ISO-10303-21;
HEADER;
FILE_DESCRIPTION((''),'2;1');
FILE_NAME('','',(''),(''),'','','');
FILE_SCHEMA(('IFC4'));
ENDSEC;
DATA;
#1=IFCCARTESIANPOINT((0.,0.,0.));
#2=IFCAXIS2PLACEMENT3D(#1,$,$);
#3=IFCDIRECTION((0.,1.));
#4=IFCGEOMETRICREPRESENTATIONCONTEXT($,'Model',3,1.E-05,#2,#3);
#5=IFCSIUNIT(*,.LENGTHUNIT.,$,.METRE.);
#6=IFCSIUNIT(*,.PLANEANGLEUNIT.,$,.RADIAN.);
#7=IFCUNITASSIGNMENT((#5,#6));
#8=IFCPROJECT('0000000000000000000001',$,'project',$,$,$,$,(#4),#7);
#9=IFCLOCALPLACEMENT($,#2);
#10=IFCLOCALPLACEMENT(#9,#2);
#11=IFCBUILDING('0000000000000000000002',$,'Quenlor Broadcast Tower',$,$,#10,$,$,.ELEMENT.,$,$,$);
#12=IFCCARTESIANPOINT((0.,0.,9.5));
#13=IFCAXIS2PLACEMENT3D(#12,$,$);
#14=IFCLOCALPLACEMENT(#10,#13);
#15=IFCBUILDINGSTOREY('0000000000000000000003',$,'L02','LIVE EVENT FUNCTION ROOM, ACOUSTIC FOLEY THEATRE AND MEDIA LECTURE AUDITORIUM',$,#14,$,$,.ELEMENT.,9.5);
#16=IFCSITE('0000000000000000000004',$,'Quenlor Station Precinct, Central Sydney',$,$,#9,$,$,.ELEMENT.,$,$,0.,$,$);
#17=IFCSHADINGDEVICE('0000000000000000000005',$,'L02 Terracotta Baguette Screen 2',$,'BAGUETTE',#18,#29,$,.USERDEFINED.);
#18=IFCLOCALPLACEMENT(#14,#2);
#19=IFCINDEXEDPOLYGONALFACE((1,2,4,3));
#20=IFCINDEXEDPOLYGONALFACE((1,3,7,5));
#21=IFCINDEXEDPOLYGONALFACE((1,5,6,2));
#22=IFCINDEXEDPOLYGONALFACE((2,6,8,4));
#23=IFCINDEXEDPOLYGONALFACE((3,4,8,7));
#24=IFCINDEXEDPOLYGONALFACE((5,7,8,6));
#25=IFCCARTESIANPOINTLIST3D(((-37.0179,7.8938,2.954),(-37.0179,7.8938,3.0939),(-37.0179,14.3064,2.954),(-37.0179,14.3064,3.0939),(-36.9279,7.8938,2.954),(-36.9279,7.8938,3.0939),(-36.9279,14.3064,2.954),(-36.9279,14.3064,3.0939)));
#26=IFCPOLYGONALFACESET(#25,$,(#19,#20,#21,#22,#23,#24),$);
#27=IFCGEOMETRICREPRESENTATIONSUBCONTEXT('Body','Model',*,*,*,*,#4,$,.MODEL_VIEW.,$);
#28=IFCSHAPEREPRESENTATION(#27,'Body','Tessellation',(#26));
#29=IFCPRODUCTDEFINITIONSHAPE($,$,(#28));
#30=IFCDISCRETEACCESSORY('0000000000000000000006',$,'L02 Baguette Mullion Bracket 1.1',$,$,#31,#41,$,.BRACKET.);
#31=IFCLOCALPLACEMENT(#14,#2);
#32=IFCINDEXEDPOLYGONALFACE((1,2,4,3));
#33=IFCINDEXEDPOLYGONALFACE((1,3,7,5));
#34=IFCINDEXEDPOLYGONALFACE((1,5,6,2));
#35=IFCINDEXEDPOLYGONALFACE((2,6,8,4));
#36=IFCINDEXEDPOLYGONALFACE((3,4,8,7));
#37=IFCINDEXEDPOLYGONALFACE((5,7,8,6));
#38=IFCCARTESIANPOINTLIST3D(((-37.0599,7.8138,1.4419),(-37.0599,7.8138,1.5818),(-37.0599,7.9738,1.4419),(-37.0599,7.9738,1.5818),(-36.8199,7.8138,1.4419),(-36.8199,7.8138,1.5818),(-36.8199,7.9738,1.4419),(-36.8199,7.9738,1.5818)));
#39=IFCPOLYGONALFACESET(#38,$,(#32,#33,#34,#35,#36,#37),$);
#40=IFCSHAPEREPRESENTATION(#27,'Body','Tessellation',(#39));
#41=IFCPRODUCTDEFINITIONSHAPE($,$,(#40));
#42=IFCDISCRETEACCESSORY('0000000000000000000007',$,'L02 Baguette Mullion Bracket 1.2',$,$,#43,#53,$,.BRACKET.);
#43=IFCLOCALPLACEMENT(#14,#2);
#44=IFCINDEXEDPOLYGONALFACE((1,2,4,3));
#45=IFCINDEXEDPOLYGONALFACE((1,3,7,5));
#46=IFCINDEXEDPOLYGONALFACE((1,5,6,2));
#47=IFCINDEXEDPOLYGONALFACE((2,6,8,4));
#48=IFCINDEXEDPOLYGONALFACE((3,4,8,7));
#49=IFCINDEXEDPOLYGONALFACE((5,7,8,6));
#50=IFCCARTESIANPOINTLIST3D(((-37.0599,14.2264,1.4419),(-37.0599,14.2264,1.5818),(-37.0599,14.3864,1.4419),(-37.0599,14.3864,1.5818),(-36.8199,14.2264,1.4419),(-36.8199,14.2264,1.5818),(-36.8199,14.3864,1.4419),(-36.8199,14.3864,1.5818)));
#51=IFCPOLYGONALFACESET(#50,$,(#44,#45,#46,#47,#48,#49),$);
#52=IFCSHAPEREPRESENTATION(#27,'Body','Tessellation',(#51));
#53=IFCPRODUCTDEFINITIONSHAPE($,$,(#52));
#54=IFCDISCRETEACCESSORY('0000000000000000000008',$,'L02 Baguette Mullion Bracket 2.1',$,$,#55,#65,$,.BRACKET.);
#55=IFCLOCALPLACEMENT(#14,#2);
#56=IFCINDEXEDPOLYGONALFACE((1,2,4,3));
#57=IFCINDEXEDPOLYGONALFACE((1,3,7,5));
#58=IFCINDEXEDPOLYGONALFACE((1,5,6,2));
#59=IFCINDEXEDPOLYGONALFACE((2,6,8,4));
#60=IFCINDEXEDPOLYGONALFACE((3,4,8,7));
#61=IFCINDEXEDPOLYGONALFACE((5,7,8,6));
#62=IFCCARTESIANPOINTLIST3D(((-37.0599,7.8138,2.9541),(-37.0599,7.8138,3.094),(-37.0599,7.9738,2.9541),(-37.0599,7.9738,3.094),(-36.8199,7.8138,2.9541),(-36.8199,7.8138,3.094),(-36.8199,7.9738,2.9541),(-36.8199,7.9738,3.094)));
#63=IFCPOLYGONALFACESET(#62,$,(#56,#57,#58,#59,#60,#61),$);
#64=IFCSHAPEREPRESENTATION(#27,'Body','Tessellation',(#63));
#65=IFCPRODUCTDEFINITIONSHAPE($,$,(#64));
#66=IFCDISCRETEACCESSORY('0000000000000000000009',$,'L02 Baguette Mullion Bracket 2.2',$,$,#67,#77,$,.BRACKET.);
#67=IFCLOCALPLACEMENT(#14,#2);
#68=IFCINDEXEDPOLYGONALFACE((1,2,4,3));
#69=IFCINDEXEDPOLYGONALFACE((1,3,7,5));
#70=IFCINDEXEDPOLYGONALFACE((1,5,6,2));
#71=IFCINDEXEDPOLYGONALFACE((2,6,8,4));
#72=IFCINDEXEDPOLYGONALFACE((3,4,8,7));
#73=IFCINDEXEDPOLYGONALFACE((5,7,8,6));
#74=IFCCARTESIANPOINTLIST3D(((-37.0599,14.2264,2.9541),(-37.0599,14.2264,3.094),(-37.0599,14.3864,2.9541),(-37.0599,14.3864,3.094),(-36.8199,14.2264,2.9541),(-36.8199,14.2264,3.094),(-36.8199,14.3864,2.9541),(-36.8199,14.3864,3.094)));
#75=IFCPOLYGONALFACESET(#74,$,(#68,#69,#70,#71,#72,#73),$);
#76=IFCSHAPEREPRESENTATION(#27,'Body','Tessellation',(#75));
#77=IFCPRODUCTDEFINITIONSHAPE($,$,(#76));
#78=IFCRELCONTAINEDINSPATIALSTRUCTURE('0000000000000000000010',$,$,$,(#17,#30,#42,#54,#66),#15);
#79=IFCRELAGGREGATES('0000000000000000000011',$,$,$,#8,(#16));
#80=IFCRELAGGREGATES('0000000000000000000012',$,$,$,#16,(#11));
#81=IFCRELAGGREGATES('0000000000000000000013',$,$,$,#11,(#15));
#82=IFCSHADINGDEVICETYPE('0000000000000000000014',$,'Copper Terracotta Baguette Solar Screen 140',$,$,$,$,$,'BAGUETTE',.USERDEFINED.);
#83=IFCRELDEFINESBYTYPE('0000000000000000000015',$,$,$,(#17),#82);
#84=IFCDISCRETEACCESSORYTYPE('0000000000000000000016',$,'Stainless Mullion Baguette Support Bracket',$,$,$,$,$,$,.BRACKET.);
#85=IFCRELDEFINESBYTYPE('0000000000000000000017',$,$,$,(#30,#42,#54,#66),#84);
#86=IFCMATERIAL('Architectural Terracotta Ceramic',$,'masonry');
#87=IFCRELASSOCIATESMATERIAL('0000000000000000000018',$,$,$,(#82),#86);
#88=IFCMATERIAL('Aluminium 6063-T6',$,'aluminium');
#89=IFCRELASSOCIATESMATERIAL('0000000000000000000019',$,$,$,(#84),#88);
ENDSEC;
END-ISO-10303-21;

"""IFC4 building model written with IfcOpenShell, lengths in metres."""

from ifc_helpers import new_model, si_unit, direction, frame, origin, origin_2d, place, context, subcontext, project, spatial, rectangle, extrude, material, material_profile, profile_set, type_object, element, save


model = new_model("IFC4")

# Units and contexts
model_context = context("Model", 3, precision=1e-05, world=origin(), true_north=direction((0.0, 1.0)))
body_context = subcontext(model_context, "Body", "Model", "MODEL_VIEW")
ifc_project = project(units=[si_unit("LENGTHUNIT", "METRE"), si_unit("PLANEANGLEUNIT", "RADIAN")], contexts=[model_context])

# Site, building, storey
site_placement = place(None, origin())
site = spatial("IfcSite", under=ifc_project, at=site_placement, Name="Quenlor Station Precinct, Central Sydney", CompositionType="ELEMENT", RefElevation=0.0)
building_placement = place(site_placement, origin())
building = spatial("IfcBuilding", under=site, at=building_placement, Name="Quenlor Broadcast Tower", CompositionType="ELEMENT")
storey_placement = place(building_placement, frame((0.0, 0.0, 9.5)))
storey = spatial("IfcBuildingStorey", under=building, at=storey_placement, Name="L02", Description="LIVE EVENT FUNCTION ROOM, ACOUSTIC FOLEY THEATRE AND MEDIA LECTURE AUDITORIUM", CompositionType="ELEMENT", Elevation=9.5)

# Shading device
ifc_material_1 = material(Name="Architectural Terracotta Ceramic", Category="masonry")
ifc_material_profile_1 = material_profile(ifc_material_1, rectangle(XDim=0.0901, YDim=0.1399, at=origin_2d()))
ifc_profile_set_1 = profile_set([ifc_material_profile_1], Name="Architectural Terracotta Ceramic BAG90x140")
shading_device_type = type_object("IfcShadingDeviceType", Name="Copper Terracotta Baguette Solar Screen 140", ElementType="BAGUETTE", PredefinedType="USERDEFINED", material=ifc_profile_set_1)
for number, where, z_axis, x_axis, name in (
    (1, (-36.9729, 7.8938, 3.0239), (0.0, 1.0, 0.0), (-1.0, 0.0, 0.0), "L02 Terracotta Baguette Screen 2"),
):
    element("IfcShadingDevice", number, at=place(storey_placement, frame(where, z_axis=z_axis, x_axis=x_axis)), inside=storey, type_object=shading_device_type, Name=name, ObjectType="BAGUETTE", PredefinedType="USERDEFINED", context=body_context, shape_type="SweptSolid", body=[
        extrude(rectangle(XDim=0.0901, YDim=0.1399, at=origin_2d()), origin(), (0.0, 0.0, 1.0), 6.4126),
    ])

# Discrete accessories
ifc_material_2 = material(Name="Aluminium 6063-T6", Category="aluminium")
discrete_accessory_type = type_object("IfcDiscreteAccessoryType", Name="Stainless Mullion Baguette Support Bracket", PredefinedType="BRACKET", material=ifc_material_2)
for number, where, z_axis, x_axis, name in (
    (2, (-36.9399, 7.8938, 1.4419), (0.0, 0.0, 1.0), (0.0, 1.0, 0.0), "L02 Baguette Mullion Bracket 1.1"),
    (3, (-36.9399, 14.3064, 1.4419), (0.0, 0.0, 1.0), (0.0, 1.0, 0.0), "L02 Baguette Mullion Bracket 1.2"),
    (4, (-36.9399, 7.8938, 2.9541), (0.0, 0.0, 1.0), (0.0, 1.0, 0.0), "L02 Baguette Mullion Bracket 2.1"),
    (5, (-36.9399, 14.3064, 2.9541), (0.0, 0.0, 1.0), (0.0, 1.0, 0.0), "L02 Baguette Mullion Bracket 2.2"),
):
    element("IfcDiscreteAccessory", number, at=place(storey_placement, frame(where, z_axis=z_axis, x_axis=x_axis)), inside=storey, type_object=discrete_accessory_type, Name=name, PredefinedType="BRACKET", context=body_context, shape_type="SweptSolid", body=[
        extrude(rectangle(XDim=0.1599, YDim=0.24, at=origin_2d()), origin(), (0.0, 0.0, 1.0), 0.1399),
    ])

save(model, "model.ifc")
